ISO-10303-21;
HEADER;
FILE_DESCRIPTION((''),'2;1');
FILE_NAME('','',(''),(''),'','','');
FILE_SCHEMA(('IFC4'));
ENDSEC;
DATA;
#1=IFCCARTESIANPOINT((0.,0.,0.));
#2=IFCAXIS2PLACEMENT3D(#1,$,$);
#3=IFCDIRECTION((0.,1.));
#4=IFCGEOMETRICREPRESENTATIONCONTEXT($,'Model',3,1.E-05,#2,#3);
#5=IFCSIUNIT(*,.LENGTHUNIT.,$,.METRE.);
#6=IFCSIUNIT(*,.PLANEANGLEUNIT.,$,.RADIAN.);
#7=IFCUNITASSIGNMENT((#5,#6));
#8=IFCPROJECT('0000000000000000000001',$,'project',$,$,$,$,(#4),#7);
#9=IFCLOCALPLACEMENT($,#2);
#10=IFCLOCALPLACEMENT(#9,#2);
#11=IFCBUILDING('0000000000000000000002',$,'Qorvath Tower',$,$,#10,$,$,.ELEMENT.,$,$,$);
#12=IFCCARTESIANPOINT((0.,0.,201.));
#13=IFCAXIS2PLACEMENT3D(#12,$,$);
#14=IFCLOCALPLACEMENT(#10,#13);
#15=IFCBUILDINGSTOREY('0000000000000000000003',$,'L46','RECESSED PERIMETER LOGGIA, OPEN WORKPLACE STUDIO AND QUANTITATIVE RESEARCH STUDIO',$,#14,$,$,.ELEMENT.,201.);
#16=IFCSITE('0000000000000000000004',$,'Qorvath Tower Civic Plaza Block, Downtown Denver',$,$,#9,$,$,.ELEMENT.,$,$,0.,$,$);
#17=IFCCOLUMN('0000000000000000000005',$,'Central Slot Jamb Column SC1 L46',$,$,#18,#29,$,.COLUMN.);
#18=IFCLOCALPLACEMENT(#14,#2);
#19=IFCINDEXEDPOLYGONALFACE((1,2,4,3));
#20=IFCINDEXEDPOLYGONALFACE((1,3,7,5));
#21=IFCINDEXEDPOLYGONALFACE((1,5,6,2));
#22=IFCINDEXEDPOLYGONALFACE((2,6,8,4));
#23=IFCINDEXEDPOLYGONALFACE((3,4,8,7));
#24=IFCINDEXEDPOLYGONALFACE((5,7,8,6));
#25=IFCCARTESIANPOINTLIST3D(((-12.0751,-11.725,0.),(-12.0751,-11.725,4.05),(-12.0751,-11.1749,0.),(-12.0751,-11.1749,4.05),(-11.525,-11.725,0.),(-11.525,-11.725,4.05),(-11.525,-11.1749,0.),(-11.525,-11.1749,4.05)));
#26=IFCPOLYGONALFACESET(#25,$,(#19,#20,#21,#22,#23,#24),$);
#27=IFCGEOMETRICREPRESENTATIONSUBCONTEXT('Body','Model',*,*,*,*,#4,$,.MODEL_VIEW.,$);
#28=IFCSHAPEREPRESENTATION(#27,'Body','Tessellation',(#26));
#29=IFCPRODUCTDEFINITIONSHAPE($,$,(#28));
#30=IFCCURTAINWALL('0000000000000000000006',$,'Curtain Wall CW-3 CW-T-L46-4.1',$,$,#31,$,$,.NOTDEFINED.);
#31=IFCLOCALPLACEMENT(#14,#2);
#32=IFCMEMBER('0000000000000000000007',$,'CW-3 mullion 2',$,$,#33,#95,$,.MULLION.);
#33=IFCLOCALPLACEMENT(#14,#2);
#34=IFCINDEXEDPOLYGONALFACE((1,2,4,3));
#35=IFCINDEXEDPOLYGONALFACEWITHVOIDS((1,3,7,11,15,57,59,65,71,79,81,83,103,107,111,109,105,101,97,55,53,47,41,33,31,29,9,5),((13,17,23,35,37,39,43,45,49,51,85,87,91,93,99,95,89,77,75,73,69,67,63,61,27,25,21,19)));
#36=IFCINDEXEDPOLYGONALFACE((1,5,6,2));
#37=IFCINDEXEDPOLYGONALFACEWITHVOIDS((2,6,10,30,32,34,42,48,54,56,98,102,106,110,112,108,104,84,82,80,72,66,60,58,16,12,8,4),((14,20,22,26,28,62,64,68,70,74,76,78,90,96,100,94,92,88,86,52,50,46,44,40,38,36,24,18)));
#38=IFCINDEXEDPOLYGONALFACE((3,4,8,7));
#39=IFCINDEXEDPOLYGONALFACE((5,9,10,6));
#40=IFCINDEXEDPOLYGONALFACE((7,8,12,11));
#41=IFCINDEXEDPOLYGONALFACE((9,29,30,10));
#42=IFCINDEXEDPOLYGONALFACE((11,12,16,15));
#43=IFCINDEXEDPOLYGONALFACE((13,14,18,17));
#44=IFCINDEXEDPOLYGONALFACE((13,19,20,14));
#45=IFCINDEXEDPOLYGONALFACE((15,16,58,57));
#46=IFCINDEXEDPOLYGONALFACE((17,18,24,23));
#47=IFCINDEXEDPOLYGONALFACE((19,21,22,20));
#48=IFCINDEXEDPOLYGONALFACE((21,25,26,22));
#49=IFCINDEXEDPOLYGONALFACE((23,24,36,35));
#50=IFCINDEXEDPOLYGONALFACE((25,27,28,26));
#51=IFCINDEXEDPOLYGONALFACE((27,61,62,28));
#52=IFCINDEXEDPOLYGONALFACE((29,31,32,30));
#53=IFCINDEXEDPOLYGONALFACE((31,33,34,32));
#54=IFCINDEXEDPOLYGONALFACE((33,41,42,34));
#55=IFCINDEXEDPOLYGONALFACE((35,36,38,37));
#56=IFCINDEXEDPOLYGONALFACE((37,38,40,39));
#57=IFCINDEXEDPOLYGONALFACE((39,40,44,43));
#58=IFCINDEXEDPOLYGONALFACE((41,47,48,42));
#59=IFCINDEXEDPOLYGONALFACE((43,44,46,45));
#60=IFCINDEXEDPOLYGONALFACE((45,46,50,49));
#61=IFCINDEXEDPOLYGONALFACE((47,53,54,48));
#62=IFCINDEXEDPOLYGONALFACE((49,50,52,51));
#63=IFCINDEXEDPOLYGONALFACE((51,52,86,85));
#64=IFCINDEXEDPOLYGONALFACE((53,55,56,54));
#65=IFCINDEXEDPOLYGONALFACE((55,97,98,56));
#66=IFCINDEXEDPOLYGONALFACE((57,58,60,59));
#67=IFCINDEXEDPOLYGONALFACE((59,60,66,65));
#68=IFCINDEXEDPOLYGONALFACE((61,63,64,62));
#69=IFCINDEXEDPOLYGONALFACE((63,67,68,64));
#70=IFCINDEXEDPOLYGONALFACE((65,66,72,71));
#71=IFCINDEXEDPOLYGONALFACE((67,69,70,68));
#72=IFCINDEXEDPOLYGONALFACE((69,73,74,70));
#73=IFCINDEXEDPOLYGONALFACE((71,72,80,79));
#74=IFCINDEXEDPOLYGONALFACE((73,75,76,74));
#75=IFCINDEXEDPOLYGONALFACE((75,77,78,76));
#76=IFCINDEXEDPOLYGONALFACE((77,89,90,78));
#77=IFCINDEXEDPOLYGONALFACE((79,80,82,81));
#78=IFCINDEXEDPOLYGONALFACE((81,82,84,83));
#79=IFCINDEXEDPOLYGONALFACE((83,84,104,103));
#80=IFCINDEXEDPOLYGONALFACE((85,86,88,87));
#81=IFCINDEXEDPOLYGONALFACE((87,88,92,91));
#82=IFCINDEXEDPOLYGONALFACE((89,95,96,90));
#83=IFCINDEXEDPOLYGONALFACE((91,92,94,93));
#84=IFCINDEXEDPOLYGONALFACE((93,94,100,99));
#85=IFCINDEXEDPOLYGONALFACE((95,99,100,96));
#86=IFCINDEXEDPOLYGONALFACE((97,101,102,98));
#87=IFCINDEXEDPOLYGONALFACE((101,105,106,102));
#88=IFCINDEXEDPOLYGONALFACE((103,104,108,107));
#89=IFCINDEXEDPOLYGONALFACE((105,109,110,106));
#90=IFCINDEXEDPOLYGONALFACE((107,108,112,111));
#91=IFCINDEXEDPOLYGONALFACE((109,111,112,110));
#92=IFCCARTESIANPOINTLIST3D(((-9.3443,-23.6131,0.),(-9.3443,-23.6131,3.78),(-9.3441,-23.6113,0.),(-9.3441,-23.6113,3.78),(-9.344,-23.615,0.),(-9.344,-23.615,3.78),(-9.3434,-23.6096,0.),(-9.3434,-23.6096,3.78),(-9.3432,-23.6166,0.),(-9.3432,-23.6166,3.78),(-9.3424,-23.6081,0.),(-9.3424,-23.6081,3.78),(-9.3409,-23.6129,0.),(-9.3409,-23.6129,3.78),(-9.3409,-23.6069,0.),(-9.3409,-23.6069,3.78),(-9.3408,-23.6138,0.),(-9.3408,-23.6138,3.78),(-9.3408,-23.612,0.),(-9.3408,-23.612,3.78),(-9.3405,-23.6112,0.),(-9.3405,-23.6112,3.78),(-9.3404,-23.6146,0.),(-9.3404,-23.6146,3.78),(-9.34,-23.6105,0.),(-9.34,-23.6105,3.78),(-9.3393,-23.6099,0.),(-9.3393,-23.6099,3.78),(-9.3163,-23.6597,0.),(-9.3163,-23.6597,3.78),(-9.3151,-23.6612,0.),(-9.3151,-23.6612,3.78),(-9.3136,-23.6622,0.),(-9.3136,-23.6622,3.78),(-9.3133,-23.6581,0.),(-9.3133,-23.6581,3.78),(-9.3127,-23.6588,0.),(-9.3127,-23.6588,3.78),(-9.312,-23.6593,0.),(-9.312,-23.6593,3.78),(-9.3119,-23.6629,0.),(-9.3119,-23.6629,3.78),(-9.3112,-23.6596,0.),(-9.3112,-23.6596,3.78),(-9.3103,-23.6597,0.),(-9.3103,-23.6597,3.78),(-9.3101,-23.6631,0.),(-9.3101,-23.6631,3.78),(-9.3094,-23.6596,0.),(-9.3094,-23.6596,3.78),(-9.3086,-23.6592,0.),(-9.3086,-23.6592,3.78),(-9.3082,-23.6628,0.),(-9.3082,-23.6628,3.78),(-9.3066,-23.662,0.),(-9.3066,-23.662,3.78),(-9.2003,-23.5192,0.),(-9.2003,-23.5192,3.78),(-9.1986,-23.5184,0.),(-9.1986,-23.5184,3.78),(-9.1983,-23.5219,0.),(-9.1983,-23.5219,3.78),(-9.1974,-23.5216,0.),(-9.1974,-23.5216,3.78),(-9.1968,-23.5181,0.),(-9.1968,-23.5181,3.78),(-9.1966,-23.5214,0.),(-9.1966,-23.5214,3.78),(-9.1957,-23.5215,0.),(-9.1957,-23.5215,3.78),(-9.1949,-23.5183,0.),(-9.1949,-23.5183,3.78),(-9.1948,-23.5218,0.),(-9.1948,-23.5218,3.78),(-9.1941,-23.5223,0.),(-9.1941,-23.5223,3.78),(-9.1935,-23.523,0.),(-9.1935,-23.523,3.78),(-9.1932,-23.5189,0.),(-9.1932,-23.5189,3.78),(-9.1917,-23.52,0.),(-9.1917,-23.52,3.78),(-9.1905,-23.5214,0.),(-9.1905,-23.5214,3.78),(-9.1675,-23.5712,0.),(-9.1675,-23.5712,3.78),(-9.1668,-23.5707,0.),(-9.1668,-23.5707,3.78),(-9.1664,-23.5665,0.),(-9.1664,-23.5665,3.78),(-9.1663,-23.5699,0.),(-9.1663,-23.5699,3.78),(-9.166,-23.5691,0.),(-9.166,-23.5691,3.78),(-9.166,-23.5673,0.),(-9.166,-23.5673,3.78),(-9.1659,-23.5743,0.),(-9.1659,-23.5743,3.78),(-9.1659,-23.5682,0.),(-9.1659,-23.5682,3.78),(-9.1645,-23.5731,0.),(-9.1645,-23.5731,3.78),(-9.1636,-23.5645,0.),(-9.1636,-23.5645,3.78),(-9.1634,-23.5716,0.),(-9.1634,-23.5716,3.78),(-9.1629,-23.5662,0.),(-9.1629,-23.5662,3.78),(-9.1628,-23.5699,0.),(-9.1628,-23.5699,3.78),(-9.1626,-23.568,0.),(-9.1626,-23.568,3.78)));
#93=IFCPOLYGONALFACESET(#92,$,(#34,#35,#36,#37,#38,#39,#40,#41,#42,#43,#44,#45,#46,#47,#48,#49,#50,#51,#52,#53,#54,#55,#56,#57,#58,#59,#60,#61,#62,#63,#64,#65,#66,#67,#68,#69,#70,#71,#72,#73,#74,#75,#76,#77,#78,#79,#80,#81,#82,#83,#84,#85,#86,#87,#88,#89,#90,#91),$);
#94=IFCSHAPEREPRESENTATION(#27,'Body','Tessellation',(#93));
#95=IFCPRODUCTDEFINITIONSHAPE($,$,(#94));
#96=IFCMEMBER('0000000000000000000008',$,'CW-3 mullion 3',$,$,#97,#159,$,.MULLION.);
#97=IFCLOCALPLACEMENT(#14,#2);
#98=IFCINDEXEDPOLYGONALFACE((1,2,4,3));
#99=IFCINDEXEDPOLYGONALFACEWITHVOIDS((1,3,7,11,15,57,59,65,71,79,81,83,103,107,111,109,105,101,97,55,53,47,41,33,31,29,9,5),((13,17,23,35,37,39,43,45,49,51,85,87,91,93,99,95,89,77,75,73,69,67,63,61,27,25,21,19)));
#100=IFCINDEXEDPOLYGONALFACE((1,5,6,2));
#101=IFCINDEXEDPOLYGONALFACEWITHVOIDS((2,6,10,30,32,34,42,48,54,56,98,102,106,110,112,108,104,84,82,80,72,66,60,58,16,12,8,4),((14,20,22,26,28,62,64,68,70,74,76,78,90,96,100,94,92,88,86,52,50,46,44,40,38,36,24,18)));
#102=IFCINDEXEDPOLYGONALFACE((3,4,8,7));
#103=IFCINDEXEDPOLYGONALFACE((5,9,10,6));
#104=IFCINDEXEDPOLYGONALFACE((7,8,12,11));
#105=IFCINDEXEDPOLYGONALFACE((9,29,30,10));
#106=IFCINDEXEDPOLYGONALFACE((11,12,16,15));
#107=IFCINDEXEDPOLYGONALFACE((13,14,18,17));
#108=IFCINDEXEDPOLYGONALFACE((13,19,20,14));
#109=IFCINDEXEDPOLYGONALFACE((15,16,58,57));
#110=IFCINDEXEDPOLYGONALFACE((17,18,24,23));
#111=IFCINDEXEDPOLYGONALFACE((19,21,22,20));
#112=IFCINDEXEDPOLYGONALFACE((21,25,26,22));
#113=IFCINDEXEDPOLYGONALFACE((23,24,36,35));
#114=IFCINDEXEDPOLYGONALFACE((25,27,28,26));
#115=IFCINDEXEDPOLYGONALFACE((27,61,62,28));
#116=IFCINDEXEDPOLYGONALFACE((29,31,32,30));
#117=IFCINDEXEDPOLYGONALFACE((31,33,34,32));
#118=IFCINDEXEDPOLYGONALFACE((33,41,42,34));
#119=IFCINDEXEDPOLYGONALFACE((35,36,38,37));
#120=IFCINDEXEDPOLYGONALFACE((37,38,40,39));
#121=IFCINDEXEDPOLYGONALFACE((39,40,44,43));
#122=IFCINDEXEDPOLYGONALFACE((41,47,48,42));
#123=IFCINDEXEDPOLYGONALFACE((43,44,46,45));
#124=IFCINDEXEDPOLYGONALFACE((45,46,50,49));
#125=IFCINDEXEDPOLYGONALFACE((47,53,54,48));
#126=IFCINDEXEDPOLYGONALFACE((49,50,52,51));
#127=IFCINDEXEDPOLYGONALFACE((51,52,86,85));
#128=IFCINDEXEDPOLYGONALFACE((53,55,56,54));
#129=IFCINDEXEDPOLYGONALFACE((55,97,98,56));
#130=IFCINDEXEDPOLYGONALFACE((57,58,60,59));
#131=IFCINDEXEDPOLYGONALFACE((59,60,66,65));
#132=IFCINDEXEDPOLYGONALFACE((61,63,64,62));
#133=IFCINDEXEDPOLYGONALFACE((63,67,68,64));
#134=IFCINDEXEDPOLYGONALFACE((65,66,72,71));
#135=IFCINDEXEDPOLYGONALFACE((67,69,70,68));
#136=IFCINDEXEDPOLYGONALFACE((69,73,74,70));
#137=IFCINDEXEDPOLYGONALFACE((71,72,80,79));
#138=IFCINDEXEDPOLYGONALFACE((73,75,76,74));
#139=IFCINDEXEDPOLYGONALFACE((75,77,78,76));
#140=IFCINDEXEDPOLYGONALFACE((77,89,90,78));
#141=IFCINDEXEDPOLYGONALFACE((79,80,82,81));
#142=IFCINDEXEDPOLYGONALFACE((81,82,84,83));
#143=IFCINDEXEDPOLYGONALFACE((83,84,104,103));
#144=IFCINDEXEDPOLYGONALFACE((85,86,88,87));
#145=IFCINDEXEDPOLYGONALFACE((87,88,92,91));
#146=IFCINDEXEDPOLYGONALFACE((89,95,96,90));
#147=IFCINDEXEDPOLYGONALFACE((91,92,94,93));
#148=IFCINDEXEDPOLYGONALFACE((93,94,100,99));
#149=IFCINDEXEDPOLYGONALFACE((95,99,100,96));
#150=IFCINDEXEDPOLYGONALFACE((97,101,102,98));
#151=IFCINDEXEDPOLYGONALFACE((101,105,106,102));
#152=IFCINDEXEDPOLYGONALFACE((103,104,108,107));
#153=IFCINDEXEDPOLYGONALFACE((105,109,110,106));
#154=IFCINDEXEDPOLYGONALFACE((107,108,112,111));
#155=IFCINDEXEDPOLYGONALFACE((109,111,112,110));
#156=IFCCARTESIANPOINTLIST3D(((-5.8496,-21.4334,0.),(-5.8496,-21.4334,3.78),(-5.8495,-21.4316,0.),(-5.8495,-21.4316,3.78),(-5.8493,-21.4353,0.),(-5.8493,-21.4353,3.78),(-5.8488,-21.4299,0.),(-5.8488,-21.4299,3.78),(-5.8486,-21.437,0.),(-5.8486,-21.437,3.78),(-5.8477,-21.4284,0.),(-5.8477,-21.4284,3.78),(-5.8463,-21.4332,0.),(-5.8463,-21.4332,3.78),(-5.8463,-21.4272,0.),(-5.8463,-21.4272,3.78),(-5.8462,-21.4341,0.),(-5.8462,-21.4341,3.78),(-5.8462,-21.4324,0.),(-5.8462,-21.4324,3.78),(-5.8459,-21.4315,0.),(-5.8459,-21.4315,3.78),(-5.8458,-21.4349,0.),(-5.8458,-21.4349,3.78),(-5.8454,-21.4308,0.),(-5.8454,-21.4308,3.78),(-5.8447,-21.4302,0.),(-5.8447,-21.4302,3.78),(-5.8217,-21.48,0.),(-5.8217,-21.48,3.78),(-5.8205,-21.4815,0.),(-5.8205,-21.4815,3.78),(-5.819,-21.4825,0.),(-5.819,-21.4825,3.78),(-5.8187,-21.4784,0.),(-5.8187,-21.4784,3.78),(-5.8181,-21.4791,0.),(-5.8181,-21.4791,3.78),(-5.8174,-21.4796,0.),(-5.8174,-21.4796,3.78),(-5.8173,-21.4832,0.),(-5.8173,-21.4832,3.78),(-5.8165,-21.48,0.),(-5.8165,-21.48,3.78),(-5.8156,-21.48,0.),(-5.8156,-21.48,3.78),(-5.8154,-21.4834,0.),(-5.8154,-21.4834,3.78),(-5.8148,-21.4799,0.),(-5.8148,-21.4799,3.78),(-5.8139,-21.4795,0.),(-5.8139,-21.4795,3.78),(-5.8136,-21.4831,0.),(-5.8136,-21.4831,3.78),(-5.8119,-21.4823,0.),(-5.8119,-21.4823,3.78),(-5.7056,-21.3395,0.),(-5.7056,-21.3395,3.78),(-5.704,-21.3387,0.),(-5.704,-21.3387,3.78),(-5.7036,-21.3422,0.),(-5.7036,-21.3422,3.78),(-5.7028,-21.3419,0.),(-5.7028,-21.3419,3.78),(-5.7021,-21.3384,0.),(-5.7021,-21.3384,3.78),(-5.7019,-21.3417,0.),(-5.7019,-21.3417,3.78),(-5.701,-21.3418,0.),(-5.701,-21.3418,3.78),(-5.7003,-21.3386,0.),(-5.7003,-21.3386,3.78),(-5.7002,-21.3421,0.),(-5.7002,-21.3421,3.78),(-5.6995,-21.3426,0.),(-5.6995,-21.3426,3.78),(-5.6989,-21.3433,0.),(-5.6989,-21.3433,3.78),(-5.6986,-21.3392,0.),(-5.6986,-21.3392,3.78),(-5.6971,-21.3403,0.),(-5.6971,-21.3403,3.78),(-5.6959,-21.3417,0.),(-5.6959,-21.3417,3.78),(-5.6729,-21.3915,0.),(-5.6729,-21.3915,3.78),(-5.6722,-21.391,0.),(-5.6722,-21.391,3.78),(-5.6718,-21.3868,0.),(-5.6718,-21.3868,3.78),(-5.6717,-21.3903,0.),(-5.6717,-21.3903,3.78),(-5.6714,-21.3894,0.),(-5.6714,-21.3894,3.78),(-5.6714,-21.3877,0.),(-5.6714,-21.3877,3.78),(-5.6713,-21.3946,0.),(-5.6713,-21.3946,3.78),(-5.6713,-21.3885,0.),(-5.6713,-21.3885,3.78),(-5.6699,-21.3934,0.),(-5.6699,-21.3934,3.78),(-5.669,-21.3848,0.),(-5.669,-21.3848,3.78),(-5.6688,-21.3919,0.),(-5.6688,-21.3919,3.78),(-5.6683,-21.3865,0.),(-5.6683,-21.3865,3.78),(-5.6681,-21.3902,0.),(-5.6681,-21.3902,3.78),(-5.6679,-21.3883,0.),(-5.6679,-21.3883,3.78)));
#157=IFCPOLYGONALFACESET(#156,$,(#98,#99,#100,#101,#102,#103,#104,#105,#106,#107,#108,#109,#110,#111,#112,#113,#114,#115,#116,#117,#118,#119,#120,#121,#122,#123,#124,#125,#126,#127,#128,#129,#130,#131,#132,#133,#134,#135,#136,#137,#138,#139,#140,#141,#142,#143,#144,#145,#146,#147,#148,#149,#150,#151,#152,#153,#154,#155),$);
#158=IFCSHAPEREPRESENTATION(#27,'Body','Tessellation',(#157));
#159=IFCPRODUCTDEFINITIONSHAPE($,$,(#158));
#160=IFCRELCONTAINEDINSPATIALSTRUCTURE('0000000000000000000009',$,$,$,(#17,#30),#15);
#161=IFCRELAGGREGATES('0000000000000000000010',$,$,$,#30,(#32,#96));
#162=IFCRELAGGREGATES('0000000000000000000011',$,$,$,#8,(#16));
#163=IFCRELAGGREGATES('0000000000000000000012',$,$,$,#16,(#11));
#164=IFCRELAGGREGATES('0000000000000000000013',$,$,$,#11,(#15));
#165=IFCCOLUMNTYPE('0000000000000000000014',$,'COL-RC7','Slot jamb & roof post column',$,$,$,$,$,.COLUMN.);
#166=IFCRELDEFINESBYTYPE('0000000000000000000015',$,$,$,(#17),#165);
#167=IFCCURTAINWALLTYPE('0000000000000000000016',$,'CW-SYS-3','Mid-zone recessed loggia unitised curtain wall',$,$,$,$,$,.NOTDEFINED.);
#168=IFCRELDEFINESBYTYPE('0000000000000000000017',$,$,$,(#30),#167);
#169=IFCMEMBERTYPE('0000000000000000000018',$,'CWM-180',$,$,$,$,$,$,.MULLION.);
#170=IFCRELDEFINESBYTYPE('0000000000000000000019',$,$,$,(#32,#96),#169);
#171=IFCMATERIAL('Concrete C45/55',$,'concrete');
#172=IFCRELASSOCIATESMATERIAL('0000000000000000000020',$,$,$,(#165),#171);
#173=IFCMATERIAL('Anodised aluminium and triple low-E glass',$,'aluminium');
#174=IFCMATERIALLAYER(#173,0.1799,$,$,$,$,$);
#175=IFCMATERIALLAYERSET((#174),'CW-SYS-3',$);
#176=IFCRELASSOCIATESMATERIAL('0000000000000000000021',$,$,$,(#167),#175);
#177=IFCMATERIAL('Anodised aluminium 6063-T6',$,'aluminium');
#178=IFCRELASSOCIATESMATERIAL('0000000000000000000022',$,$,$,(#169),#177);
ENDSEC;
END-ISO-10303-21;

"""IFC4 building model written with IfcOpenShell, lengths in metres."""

from ifc_helpers import new_model, si_unit, direction, frame, origin, origin_2d, place, context, subcontext, project, spatial, rectangle, hollow_rectangle, extrude, material, layer, layer_set, material_profile, profile_set, type_object, element, aggregate, save


model = new_model("IFC4")

# Units and contexts
model_context = context("Model", 3, precision=1e-05, world=origin(), true_north=direction((0.0, 1.0)))
body_context = subcontext(model_context, "Body", "Model", "MODEL_VIEW")
ifc_project = project(units=[si_unit("LENGTHUNIT", "METRE"), si_unit("PLANEANGLEUNIT", "RADIAN")], contexts=[model_context])

# Site, building, storey
site_placement = place(None, origin())
site = spatial("IfcSite", under=ifc_project, at=site_placement, Name="Qorvath Tower Civic Plaza Block, Downtown Denver", CompositionType="ELEMENT", RefElevation=0.0)
building_placement = place(site_placement, origin())
building = spatial("IfcBuilding", under=site, at=building_placement, Name="Qorvath Tower", CompositionType="ELEMENT")
storey_placement = place(building_placement, frame((0.0, 0.0, 201.0)))
storey = spatial("IfcBuildingStorey", under=building, at=storey_placement, Name="L46", Description="RECESSED PERIMETER LOGGIA, OPEN WORKPLACE STUDIO AND QUANTITATIVE RESEARCH STUDIO", CompositionType="ELEMENT", Elevation=201.0)

# Column
ifc_material_1 = material(Name="Concrete C45/55", Category="concrete")
ifc_material_profile_1 = material_profile(ifc_material_1, rectangle(XDim=0.55, YDim=0.55, at=origin_2d()), Name="RC 550x550")
ifc_profile_set_1 = profile_set([ifc_material_profile_1], Name="Concrete C45/55")
column_type = type_object("IfcColumnType", Name="COL-RC7", Description="Slot jamb & roof post column", PredefinedType="COLUMN", material=ifc_profile_set_1)
column_placement = place(storey_placement, frame((-11.8, -11.45, 0.0), z_axis=(0.0, 0.0, 1.0), x_axis=(1.0, 0.0, 0.0)))
element("IfcColumn", 1, at=column_placement, inside=storey, type_object=column_type, Name="Central Slot Jamb Column SC1 L46", PredefinedType="COLUMN", context=body_context, shape_type="SweptSolid", body=[
    extrude(rectangle(XDim=0.55, YDim=0.55, at=origin_2d()), origin(), (0.0, 0.0, 1.0), 4.05),
])

# Curtain wall, members
ifc_material_2 = material(Name="Anodised aluminium and triple low-E glass", Category="aluminium")
ifc_layer_1 = layer(ifc_material_2, 0.1799)
ifc_layer_set_1 = layer_set([ifc_layer_1], Name="CW-SYS-3")
curtain_wall_type = type_object("IfcCurtainWallType", Name="CW-SYS-3", Description="Mid-zone recessed loggia unitised curtain wall", PredefinedType="NOTDEFINED", material=ifc_layer_set_1)
curtain_wall_1_placement = place(storey_placement, origin())
curtain_wall_1 = element("IfcCurtainWall", 2, at=curtain_wall_1_placement, inside=storey, type_object=curtain_wall_type, Name="Curtain Wall CW-3 CW-T-L46-4.1", PredefinedType="NOTDEFINED")
ifc_material_3 = material(Name="Anodised aluminium 6063-T6", Category="aluminium")
ifc_material_profile_2 = material_profile(ifc_material_3, hollow_rectangle(XDim=0.0649, YDim=0.1799, WallThickness=0.0034, InnerFilletRadius=0.0034, OuterFilletRadius=0.0071, at=origin_2d()), Name="CWM 180x65")
ifc_profile_set_2 = profile_set([ifc_material_profile_2], Name="Anodised aluminium 6063-T6")
member_type_1 = type_object("IfcMemberType", Name="CWM-180", PredefinedType="MULLION", material=ifc_profile_set_2)
member_1_placement = place(storey_placement, frame((-9.2534, -23.5906, 0.0), z_axis=(0.0, 0.0, 1.0), x_axis=(-0.529206, 0.848493, 0.0)))
member_1 = element("IfcMember", 3, at=member_1_placement, type_object=member_type_1, Name="CW-3 mullion 2", PredefinedType="MULLION", context=body_context, shape_type="SweptSolid", body=[
    extrude(hollow_rectangle(XDim=0.0649, YDim=0.1799, WallThickness=0.0034, InnerFilletRadius=0.0034, OuterFilletRadius=0.0071, at=origin_2d()), origin(), (0.0, 0.0, 1.0), 3.78),
])
member_2_placement = place(storey_placement, frame((-5.7588, -21.4109, 0.0), z_axis=(0.0, 0.0, 1.0), x_axis=(-0.529206, 0.848493, 0.0)))
member_2 = element("IfcMember", 4, at=member_2_placement, type_object=member_type_1, Name="CW-3 mullion 3", PredefinedType="MULLION", context=body_context, shape_type="SweptSolid", body=[
    extrude(hollow_rectangle(XDim=0.0649, YDim=0.1799, WallThickness=0.0034, InnerFilletRadius=0.0034, OuterFilletRadius=0.0071, at=origin_2d()), origin(), (0.0, 0.0, 1.0), 3.78),
])

aggregate(curtain_wall_1, [member_1, member_2])

save(model, "model.ifc")
